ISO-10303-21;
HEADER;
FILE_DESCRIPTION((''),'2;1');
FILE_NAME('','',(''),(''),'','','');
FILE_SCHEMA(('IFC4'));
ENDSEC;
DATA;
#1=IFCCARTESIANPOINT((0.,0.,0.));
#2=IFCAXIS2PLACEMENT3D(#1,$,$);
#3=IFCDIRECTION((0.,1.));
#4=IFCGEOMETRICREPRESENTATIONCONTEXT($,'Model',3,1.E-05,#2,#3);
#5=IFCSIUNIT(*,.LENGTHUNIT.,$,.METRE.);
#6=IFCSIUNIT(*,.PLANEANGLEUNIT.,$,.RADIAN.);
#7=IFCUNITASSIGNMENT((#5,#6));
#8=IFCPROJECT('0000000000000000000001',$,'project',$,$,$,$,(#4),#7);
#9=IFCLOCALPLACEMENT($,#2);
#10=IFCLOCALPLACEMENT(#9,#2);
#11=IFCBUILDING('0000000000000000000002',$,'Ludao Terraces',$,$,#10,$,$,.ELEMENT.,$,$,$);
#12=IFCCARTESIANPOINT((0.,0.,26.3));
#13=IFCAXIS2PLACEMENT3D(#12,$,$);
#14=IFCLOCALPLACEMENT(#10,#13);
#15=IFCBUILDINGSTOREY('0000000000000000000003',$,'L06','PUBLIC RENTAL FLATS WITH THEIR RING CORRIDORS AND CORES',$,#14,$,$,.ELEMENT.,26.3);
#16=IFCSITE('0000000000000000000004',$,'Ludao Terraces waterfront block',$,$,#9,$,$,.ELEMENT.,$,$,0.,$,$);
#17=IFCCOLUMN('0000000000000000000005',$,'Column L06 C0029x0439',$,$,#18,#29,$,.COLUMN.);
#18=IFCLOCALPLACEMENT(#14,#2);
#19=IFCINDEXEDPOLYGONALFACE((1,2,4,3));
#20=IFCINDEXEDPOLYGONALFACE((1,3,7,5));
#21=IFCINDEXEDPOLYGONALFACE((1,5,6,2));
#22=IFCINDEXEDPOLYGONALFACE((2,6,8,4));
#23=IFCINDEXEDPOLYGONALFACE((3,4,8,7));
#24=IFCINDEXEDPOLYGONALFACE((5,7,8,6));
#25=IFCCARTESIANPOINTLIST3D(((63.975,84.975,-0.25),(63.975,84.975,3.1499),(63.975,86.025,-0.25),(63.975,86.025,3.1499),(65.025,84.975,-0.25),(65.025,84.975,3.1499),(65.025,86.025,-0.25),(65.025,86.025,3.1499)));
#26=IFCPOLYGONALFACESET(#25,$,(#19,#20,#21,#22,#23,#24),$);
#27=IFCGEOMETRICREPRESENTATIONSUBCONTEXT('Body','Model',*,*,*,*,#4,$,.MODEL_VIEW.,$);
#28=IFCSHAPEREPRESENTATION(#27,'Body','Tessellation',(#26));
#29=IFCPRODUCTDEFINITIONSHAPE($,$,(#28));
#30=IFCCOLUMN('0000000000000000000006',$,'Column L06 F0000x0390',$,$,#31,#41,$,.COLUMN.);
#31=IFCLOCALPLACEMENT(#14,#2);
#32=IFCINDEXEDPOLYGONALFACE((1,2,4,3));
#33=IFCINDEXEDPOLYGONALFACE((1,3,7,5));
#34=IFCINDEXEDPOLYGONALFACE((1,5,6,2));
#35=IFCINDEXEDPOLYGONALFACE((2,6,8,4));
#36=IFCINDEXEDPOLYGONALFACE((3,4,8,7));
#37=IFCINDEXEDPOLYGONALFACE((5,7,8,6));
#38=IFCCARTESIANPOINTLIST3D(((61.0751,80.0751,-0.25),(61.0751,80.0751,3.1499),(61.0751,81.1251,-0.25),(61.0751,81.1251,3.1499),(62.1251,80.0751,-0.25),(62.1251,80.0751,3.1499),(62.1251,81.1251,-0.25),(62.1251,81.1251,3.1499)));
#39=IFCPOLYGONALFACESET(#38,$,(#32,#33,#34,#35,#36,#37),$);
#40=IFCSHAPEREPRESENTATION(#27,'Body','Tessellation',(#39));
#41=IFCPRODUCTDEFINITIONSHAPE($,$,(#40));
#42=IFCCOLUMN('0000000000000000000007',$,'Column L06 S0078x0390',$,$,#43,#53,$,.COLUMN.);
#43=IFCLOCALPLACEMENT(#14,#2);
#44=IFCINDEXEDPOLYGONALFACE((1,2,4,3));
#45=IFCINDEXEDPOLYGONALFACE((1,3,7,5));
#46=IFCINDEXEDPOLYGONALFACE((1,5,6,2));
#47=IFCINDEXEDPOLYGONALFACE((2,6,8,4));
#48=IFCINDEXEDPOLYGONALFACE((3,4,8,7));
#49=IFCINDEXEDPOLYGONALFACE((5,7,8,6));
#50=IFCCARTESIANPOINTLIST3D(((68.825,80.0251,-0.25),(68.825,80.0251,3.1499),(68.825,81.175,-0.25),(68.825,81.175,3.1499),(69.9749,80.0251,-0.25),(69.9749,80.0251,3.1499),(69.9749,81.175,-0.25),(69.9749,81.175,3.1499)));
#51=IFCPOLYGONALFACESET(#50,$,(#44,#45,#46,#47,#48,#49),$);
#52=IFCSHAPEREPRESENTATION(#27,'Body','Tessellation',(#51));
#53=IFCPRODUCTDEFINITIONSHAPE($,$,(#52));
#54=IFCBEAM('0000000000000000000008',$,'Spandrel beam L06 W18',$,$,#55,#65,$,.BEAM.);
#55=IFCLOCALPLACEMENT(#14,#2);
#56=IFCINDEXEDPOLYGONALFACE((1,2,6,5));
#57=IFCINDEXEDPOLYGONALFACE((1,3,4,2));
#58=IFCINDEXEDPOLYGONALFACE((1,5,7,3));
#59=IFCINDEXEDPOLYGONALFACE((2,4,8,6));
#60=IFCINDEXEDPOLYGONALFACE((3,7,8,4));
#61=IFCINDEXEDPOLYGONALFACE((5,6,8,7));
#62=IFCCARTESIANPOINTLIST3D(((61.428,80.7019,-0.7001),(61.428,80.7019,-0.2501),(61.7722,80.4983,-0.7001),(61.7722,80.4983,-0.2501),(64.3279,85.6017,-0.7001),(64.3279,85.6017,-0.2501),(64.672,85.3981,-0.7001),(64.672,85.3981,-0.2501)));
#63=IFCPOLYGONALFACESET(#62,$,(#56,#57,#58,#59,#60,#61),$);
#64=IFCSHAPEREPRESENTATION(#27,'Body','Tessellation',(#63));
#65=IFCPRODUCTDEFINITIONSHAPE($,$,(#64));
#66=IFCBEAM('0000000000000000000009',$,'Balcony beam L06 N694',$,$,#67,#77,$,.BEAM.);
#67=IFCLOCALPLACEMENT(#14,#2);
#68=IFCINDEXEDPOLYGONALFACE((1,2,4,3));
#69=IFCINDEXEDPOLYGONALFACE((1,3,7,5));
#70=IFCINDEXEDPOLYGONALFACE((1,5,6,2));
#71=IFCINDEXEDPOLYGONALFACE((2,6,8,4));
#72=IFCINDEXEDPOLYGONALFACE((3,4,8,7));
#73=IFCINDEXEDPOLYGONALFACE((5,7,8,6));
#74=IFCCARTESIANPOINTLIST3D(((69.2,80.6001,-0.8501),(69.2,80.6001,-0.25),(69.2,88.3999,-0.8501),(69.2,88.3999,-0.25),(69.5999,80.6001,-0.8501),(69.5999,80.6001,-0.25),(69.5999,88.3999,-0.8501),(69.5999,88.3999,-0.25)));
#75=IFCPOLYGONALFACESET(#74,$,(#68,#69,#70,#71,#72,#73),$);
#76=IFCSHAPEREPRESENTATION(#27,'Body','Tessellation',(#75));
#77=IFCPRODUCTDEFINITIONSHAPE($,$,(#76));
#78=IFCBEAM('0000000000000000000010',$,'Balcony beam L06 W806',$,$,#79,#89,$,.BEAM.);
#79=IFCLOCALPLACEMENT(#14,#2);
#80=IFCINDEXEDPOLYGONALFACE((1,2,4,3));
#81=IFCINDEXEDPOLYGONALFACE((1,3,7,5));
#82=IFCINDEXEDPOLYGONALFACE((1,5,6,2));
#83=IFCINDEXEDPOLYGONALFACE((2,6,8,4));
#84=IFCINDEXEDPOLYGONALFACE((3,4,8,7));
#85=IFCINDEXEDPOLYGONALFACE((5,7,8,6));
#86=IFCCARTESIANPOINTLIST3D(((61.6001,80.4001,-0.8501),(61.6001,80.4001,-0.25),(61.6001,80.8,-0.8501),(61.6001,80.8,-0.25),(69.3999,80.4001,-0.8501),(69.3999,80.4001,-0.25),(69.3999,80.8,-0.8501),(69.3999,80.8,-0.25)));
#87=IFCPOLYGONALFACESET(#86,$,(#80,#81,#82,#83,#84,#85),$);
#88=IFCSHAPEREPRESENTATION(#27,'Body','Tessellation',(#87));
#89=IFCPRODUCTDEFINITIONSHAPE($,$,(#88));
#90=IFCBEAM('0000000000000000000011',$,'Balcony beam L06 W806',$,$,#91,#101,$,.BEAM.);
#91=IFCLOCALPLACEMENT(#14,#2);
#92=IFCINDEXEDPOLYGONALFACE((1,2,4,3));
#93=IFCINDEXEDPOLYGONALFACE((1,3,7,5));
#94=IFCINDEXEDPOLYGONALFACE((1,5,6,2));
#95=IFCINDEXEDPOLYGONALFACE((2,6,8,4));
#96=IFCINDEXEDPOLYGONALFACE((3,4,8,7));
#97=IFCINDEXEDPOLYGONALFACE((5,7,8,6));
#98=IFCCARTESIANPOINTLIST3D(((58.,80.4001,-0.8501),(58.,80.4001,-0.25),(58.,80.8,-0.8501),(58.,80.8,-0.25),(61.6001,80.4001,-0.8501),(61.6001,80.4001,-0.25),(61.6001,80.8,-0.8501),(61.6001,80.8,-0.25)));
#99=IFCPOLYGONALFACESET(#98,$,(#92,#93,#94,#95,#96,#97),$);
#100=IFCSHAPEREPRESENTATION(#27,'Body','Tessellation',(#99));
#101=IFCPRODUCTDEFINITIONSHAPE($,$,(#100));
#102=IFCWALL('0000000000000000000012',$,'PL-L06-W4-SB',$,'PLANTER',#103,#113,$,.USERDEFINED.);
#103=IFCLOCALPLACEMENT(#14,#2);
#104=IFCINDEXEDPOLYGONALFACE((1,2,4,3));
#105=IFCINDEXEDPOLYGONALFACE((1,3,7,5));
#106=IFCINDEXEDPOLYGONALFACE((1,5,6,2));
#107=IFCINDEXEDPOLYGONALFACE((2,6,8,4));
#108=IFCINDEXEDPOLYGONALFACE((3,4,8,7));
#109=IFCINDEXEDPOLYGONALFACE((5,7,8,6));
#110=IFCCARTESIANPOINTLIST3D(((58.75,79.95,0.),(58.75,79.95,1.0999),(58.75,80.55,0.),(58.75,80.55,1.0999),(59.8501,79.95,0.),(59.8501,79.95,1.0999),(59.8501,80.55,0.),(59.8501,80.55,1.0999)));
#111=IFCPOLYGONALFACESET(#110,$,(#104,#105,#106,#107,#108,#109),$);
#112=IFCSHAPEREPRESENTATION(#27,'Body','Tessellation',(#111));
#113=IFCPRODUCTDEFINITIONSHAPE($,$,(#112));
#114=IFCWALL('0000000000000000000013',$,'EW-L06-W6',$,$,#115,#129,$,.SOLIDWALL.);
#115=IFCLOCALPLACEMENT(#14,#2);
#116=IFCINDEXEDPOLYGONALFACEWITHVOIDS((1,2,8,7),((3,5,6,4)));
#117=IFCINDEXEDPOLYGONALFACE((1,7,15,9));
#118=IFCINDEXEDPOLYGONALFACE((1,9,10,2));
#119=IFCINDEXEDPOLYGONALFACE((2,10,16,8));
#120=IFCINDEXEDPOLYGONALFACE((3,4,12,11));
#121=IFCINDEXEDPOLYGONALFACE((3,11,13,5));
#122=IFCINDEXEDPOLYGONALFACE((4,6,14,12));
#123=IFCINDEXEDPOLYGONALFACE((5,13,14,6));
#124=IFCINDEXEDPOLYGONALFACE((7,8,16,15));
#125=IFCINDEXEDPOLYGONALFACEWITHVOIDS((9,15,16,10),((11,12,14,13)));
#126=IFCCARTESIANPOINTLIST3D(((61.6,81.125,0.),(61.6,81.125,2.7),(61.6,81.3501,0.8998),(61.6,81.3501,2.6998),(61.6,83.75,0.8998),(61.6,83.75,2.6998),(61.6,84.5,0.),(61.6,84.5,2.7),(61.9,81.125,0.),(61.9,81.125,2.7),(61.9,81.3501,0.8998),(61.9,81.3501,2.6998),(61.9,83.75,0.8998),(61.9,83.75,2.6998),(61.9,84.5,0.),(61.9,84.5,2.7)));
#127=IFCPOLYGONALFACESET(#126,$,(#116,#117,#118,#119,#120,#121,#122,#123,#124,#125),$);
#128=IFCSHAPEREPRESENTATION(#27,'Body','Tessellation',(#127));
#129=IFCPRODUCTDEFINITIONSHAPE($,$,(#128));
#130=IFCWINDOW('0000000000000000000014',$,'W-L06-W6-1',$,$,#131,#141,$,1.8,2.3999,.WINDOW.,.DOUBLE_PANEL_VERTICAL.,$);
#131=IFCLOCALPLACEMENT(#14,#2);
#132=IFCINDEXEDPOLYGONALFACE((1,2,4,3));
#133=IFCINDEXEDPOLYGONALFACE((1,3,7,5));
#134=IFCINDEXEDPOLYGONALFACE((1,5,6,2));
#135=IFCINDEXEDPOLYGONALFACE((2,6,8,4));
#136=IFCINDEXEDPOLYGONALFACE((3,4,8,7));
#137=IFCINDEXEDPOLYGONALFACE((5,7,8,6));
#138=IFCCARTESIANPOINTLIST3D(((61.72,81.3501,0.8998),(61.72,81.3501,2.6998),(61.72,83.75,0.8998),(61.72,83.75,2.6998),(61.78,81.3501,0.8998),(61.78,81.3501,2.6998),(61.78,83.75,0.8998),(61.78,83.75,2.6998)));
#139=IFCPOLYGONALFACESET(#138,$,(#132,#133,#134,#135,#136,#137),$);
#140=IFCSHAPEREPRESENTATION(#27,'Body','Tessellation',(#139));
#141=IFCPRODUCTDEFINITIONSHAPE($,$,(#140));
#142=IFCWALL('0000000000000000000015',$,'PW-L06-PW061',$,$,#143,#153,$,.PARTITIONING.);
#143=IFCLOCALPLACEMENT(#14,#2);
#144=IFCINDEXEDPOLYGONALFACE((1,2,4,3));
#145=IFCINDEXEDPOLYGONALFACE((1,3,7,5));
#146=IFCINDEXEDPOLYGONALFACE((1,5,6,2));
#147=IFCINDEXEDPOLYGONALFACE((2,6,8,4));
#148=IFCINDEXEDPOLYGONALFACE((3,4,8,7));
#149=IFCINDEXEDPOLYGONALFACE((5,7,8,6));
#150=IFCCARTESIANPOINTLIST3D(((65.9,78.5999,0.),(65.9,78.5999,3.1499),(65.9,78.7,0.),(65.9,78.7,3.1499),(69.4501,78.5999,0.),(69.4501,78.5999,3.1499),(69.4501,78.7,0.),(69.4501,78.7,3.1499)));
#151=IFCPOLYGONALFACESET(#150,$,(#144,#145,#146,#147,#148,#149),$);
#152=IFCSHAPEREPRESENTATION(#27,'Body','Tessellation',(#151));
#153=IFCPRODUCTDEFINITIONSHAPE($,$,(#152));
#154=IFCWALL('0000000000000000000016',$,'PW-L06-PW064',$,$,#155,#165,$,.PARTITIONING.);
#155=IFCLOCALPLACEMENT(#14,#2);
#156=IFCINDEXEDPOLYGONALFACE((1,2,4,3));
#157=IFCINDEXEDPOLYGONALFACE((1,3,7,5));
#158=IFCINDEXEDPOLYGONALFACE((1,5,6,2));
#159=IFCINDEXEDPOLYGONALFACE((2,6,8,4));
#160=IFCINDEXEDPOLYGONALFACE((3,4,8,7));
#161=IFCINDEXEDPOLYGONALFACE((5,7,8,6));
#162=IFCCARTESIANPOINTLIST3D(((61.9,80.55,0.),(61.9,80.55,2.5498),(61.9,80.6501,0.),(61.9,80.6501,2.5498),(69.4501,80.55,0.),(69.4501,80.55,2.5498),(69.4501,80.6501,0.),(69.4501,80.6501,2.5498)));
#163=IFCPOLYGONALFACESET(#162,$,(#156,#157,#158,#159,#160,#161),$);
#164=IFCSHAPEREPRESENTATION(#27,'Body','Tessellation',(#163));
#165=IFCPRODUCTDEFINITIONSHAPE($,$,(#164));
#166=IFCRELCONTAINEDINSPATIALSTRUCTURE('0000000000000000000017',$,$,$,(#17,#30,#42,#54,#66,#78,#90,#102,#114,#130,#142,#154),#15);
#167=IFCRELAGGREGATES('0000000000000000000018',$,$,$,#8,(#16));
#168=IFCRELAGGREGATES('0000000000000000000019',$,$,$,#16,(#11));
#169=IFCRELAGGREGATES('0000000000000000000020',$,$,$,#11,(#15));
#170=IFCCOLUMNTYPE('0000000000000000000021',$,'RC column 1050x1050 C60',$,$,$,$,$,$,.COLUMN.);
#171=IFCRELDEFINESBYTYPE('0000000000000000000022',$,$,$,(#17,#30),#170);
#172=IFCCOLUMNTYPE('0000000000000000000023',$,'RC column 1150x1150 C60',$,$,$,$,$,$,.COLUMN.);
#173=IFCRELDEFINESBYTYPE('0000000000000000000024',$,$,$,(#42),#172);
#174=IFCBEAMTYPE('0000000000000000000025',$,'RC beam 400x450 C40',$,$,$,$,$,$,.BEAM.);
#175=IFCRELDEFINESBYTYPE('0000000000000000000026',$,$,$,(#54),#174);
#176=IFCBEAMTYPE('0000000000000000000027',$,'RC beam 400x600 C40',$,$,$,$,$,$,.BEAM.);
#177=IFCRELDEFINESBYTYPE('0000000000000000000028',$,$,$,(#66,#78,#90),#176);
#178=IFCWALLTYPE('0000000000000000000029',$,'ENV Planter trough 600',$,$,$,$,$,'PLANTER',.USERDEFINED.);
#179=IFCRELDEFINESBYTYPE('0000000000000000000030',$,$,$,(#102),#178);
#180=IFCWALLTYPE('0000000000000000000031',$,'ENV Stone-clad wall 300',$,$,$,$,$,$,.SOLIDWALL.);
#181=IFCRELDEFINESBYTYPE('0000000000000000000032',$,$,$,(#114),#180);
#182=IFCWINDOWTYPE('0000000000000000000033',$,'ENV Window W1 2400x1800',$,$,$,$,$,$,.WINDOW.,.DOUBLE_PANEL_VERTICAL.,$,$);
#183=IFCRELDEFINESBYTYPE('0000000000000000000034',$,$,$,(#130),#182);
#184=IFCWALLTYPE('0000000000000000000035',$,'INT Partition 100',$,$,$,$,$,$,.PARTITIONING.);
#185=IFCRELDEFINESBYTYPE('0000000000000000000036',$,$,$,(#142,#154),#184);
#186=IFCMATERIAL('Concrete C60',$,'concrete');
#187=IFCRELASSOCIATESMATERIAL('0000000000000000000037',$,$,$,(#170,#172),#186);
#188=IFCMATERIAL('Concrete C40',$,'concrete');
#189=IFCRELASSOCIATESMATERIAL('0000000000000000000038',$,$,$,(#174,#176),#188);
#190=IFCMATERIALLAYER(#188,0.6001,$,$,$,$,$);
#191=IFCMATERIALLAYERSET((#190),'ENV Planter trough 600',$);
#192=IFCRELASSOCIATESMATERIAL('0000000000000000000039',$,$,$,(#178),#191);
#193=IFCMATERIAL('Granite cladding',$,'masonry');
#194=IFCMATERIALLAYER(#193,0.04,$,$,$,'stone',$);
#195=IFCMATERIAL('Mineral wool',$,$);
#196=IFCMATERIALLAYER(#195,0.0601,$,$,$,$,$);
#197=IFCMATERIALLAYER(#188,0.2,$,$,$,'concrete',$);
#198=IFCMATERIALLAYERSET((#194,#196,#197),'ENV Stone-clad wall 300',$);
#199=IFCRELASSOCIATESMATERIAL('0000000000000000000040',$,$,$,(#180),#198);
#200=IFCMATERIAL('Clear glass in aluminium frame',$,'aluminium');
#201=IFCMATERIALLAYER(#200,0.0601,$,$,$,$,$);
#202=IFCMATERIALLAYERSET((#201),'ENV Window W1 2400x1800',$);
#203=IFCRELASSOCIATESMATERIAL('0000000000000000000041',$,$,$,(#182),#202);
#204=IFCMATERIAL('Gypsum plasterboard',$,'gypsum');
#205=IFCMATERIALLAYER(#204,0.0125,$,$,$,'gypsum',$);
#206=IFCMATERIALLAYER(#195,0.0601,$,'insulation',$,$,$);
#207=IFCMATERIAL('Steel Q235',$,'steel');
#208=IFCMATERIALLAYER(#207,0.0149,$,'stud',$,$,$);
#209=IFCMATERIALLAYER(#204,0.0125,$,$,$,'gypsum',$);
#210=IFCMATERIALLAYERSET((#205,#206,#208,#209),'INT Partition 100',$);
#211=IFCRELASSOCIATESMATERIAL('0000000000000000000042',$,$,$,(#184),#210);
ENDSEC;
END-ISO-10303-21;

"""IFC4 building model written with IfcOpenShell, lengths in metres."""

from ifc_helpers import new_model, si_unit, direction, frame, frame_2d, origin, origin_2d, place, context, subcontext, project, spatial, rectangle, extrude, material, layer, layer_set, material_profile, profile_set, type_object, element, fill, save


model = new_model("IFC4")

# Units and contexts
model_context = context("Model", 3, precision=1e-05, world=origin(), true_north=direction((0.0, 1.0)))
body_context = subcontext(model_context, "Body", "Model", "MODEL_VIEW")
ifc_project = project(units=[si_unit("LENGTHUNIT", "METRE"), si_unit("PLANEANGLEUNIT", "RADIAN")], contexts=[model_context])

# Site, building, storey
site_placement = place(None, origin())
site = spatial("IfcSite", under=ifc_project, at=site_placement, Name="Ludao Terraces waterfront block", CompositionType="ELEMENT", RefElevation=0.0)
building_placement = place(site_placement, origin())
building = spatial("IfcBuilding", under=site, at=building_placement, Name="Ludao Terraces", CompositionType="ELEMENT")
storey_placement = place(building_placement, frame((0.0, 0.0, 26.3)))
storey = spatial("IfcBuildingStorey", under=building, at=storey_placement, Name="L06", Description="PUBLIC RENTAL FLATS WITH THEIR RING CORRIDORS AND CORES", CompositionType="ELEMENT", Elevation=26.3)

# Columns
ifc_material_1 = material(Name="Concrete C60", Category="concrete")
ifc_material_profile_1 = material_profile(ifc_material_1, rectangle(XDim=1.05, YDim=1.05, at=origin_2d()), Name="1050 X 1050")
ifc_profile_set_1 = profile_set([ifc_material_profile_1], Name="Concrete C60")
column_type_1 = type_object("IfcColumnType", Name="RC column 1050x1050 C60", PredefinedType="COLUMN", material=ifc_profile_set_1)
for number, where, z_axis, x_axis, name in (
    (1, (64.5, 85.5, -0.25), (0.0, 0.0, 1.0), (1.0, 0.0, 0.0), "Column L06 C0029x0439"),
    (2, (61.6001, 80.6001, -0.25), (0.0, 0.0, 1.0), (1.0, 0.0, 0.0), "Column L06 F0000x0390"),
):
    element("IfcColumn", number, at=place(storey_placement, frame(where, z_axis=z_axis, x_axis=x_axis)), inside=storey, type_object=column_type_1, Name=name, PredefinedType="COLUMN", context=body_context, shape_type="SweptSolid", body=[
        extrude(rectangle(XDim=1.05, YDim=1.05, at=origin_2d()), origin(), (0.0, 0.0, 1.0), 3.3999),
    ])
ifc_material_profile_2 = material_profile(ifc_material_1, rectangle(XDim=1.1499, YDim=1.1499, at=origin_2d()), Name="1150 X 1150")
ifc_profile_set_2 = profile_set([ifc_material_profile_2], Name="Concrete C60")
column_type_2 = type_object("IfcColumnType", Name="RC column 1150x1150 C60", PredefinedType="COLUMN", material=ifc_profile_set_2)
column_placement = place(storey_placement, frame((69.3999, 80.6001, -0.25), z_axis=(0.0, 0.0, 1.0), x_axis=(1.0, 0.0, 0.0)))
element("IfcColumn", 3, at=column_placement, inside=storey, type_object=column_type_2, Name="Column L06 S0078x0390", PredefinedType="COLUMN", context=body_context, shape_type="SweptSolid", body=[
    extrude(rectangle(XDim=1.1499, YDim=1.1499, at=origin_2d()), origin(), (0.0, 0.0, 1.0), 3.3999),
])

# Beams
ifc_material_2 = material(Name="Concrete C40", Category="concrete")
ifc_material_profile_3 = material_profile(ifc_material_2, rectangle(XDim=0.3999, YDim=0.45, at=origin_2d()), Name="400 X 450")
ifc_profile_set_3 = profile_set([ifc_material_profile_3], Name="Concrete C40")
beam_type_1 = type_object("IfcBeamType", Name="RC beam 400x450 C40", PredefinedType="BEAM", material=ifc_profile_set_3)
beam_1_placement = place(storey_placement, frame((61.6001, 80.6001, -0.4751), z_axis=(0.509316, 0.86058, 0.0), x_axis=(-0.86058, 0.509316, 0.0)))
element("IfcBeam", 4, at=beam_1_placement, inside=storey, type_object=beam_type_1, Name="Spandrel beam L06 W18", PredefinedType="BEAM", context=body_context, shape_type="SweptSolid", body=[
    extrude(rectangle(XDim=0.3999, YDim=0.45, at=origin_2d()), origin(), (0.0, 0.0, 1.0), 5.6936),
])
ifc_material_profile_4 = material_profile(ifc_material_2, rectangle(XDim=0.3999, YDim=0.6001, at=origin_2d()), Name="400 X 600")
ifc_profile_set_4 = profile_set([ifc_material_profile_4], Name="Concrete C40")
beam_type_2 = type_object("IfcBeamType", Name="RC beam 400x600 C40", PredefinedType="BEAM", material=ifc_profile_set_4)
for number, where, z_axis, x_axis, name in (
    (5, (69.3999, 80.6001, -0.55), (0.0, 1.0, 0.0), (-1.0, 0.0, 0.0), "Balcony beam L06 N694"),
    (6, (69.3999, 80.6001, -0.55), (-1.0, 0.0, 0.0), (0.0, -1.0, 0.0), "Balcony beam L06 W806"),
):
    element("IfcBeam", number, at=place(storey_placement, frame(where, z_axis=z_axis, x_axis=x_axis)), inside=storey, type_object=beam_type_2, Name=name, PredefinedType="BEAM", context=body_context, shape_type="SweptSolid", body=[
        extrude(rectangle(XDim=0.3999, YDim=0.6001, at=origin_2d()), origin(), (0.0, 0.0, 1.0), 7.7998),
    ])
beam_2_placement = place(storey_placement, frame((61.6001, 80.6001, -0.55), z_axis=(-1.0, 0.0, 0.0), x_axis=(0.0, -1.0, 0.0)))
element("IfcBeam", 7, at=beam_2_placement, inside=storey, type_object=beam_type_2, Name="Balcony beam L06 W806", PredefinedType="BEAM", context=body_context, shape_type="SweptSolid", body=[
    extrude(rectangle(XDim=0.3999, YDim=0.6001, at=origin_2d()), origin(), (0.0, 0.0, 1.0), 3.6001),
])

# Wall
ifc_layer_1 = layer(ifc_material_2, 0.6001)
ifc_layer_set_1 = layer_set([ifc_layer_1], Name="ENV Planter trough 600")
wall_type_1 = type_object("IfcWallType", Name="ENV Planter trough 600", ElementType="PLANTER", PredefinedType="USERDEFINED", material=ifc_layer_set_1)
wall_1_placement = place(storey_placement, frame((58.75, 80.25, 0.0), z_axis=(0.0, 0.0, 1.0), x_axis=(1.0, 0.0, 0.0)))
element("IfcWall", 8, at=wall_1_placement, inside=storey, type_object=wall_type_1, Name="PL-L06-W4-SB", ObjectType="PLANTER", PredefinedType="USERDEFINED", context=body_context, shape_type="SweptSolid", body=[
    extrude(rectangle(XDim=1.1001, YDim=0.6001, at=frame_2d((0.55, 0.0))), origin(), (0.0, 0.0, 1.0), 1.0999),
])

# Wall, opening, window
ifc_material_3 = material(Name="Granite cladding", Category="masonry")
ifc_layer_2 = layer(ifc_material_3, 0.04, Category="stone")
ifc_material_4 = material(Name="Mineral wool")
ifc_layer_3 = layer(ifc_material_4, 0.0601)
ifc_layer_4 = layer(ifc_material_2, 0.2, Category="concrete")
ifc_layer_set_2 = layer_set([ifc_layer_2, ifc_layer_3, ifc_layer_4], Name="ENV Stone-clad wall 300")
wall_type_2 = type_object("IfcWallType", Name="ENV Stone-clad wall 300", PredefinedType="SOLIDWALL", material=ifc_layer_set_2)
wall_2_placement = place(storey_placement, frame((61.75, 81.125, 0.0), z_axis=(0.0, 0.0, 1.0), x_axis=(0.0, 1.0, 0.0)))
wall_2 = element("IfcWall", 9, at=wall_2_placement, inside=storey, type_object=wall_type_2, Name="EW-L06-W6", PredefinedType="SOLIDWALL", context=body_context, shape_type="SweptSolid", body=[
    extrude(rectangle(XDim=3.375, YDim=0.3, at=frame_2d((1.6875, 0.0))), origin(), (0.0, 0.0, 1.0), 2.7),
])
opening_1_placement = place(wall_2_placement, frame((0.2251, 0.0, 0.8999)))
opening_1 = element("IfcOpeningElement", 10, at=opening_1_placement, cuts=wall_2, PredefinedType="OPENING", context=body_context, shape_type="SweptSolid", body=[
    extrude(rectangle(XDim=2.3999, YDim=1.8, at=frame_2d((1.2, 0.8999))), frame((0.0, 0.1602, 0.0), z_axis=(0.0, -1.0, 0.0), x_axis=(1.0, 0.0, 0.0)), (0.0, 0.0, 1.0), 0.3201),
])
ifc_material_5 = material(Name="Clear glass in aluminium frame", Category="aluminium")
ifc_layer_5 = layer(ifc_material_5, 0.0601)
ifc_layer_set_3 = layer_set([ifc_layer_5], Name="ENV Window W1 2400x1800")
window_type = type_object("IfcWindowType", Name="ENV Window W1 2400x1800", PartitioningType="DOUBLE_PANEL_VERTICAL", PredefinedType="WINDOW", material=ifc_layer_set_3)
window_placement = place(opening_1_placement, origin())
window = element("IfcWindow", 11, at=window_placement, inside=storey, type_object=window_type, Name="W-L06-W6-1", OverallHeight=1.8, OverallWidth=2.3999, PartitioningType="DOUBLE_PANEL_VERTICAL", PredefinedType="WINDOW", context=body_context, shape_type="SweptSolid", body=[
    extrude(rectangle(XDim=2.3999, YDim=1.8, at=frame_2d((1.2, 0.8999))), frame((0.0, 0.03, 0.0), z_axis=(0.0, -1.0, 0.0), x_axis=(1.0, 0.0, 0.0)), (0.0, 0.0, 1.0), 0.0601),
])
fill(opening_1, window)

# Walls
ifc_material_6 = material(Name="Gypsum plasterboard", Category="gypsum")
ifc_layer_6 = layer(ifc_material_6, 0.0125, Category="gypsum")
ifc_layer_7 = layer(ifc_material_4, 0.0601, Name="insulation")
ifc_material_7 = material(Name="Steel Q235", Category="steel")
ifc_layer_8 = layer(ifc_material_7, 0.0149, Name="stud")
ifc_layer_9 = layer(ifc_material_6, 0.0125, Category="gypsum")
ifc_layer_set_4 = layer_set([ifc_layer_6, ifc_layer_7, ifc_layer_8, ifc_layer_9], Name="INT Partition 100")
wall_type_3 = type_object("IfcWallType", Name="INT Partition 100", PredefinedType="PARTITIONING", material=ifc_layer_set_4)
wall_3_placement = place(storey_placement, frame((65.9001, 78.6499, 0.0), z_axis=(0.0, 0.0, 1.0), x_axis=(1.0, 0.0, 0.0)))
element("IfcWall", 12, at=wall_3_placement, inside=storey, type_object=wall_type_3, Name="PW-L06-PW061", PredefinedType="PARTITIONING", context=body_context, shape_type="SweptSolid", body=[
    extrude(rectangle(XDim=3.55, YDim=0.1001, at=frame_2d((1.7749, 0.0))), origin(), (0.0, 0.0, 1.0), 3.1499),
])
wall_4_placement = place(storey_placement, frame((61.9001, 80.6001, 0.0), z_axis=(0.0, 0.0, 1.0), x_axis=(1.0, 0.0, 0.0)))
element("IfcWall", 13, at=wall_4_placement, inside=storey, type_object=wall_type_3, Name="PW-L06-PW064", PredefinedType="PARTITIONING", context=body_context, shape_type="SweptSolid", body=[
    extrude(rectangle(XDim=7.55, YDim=0.1001, at=frame_2d((3.7749, 0.0))), origin(), (0.0, 0.0, 1.0), 2.5498),
])

save(model, "model.ifc")
